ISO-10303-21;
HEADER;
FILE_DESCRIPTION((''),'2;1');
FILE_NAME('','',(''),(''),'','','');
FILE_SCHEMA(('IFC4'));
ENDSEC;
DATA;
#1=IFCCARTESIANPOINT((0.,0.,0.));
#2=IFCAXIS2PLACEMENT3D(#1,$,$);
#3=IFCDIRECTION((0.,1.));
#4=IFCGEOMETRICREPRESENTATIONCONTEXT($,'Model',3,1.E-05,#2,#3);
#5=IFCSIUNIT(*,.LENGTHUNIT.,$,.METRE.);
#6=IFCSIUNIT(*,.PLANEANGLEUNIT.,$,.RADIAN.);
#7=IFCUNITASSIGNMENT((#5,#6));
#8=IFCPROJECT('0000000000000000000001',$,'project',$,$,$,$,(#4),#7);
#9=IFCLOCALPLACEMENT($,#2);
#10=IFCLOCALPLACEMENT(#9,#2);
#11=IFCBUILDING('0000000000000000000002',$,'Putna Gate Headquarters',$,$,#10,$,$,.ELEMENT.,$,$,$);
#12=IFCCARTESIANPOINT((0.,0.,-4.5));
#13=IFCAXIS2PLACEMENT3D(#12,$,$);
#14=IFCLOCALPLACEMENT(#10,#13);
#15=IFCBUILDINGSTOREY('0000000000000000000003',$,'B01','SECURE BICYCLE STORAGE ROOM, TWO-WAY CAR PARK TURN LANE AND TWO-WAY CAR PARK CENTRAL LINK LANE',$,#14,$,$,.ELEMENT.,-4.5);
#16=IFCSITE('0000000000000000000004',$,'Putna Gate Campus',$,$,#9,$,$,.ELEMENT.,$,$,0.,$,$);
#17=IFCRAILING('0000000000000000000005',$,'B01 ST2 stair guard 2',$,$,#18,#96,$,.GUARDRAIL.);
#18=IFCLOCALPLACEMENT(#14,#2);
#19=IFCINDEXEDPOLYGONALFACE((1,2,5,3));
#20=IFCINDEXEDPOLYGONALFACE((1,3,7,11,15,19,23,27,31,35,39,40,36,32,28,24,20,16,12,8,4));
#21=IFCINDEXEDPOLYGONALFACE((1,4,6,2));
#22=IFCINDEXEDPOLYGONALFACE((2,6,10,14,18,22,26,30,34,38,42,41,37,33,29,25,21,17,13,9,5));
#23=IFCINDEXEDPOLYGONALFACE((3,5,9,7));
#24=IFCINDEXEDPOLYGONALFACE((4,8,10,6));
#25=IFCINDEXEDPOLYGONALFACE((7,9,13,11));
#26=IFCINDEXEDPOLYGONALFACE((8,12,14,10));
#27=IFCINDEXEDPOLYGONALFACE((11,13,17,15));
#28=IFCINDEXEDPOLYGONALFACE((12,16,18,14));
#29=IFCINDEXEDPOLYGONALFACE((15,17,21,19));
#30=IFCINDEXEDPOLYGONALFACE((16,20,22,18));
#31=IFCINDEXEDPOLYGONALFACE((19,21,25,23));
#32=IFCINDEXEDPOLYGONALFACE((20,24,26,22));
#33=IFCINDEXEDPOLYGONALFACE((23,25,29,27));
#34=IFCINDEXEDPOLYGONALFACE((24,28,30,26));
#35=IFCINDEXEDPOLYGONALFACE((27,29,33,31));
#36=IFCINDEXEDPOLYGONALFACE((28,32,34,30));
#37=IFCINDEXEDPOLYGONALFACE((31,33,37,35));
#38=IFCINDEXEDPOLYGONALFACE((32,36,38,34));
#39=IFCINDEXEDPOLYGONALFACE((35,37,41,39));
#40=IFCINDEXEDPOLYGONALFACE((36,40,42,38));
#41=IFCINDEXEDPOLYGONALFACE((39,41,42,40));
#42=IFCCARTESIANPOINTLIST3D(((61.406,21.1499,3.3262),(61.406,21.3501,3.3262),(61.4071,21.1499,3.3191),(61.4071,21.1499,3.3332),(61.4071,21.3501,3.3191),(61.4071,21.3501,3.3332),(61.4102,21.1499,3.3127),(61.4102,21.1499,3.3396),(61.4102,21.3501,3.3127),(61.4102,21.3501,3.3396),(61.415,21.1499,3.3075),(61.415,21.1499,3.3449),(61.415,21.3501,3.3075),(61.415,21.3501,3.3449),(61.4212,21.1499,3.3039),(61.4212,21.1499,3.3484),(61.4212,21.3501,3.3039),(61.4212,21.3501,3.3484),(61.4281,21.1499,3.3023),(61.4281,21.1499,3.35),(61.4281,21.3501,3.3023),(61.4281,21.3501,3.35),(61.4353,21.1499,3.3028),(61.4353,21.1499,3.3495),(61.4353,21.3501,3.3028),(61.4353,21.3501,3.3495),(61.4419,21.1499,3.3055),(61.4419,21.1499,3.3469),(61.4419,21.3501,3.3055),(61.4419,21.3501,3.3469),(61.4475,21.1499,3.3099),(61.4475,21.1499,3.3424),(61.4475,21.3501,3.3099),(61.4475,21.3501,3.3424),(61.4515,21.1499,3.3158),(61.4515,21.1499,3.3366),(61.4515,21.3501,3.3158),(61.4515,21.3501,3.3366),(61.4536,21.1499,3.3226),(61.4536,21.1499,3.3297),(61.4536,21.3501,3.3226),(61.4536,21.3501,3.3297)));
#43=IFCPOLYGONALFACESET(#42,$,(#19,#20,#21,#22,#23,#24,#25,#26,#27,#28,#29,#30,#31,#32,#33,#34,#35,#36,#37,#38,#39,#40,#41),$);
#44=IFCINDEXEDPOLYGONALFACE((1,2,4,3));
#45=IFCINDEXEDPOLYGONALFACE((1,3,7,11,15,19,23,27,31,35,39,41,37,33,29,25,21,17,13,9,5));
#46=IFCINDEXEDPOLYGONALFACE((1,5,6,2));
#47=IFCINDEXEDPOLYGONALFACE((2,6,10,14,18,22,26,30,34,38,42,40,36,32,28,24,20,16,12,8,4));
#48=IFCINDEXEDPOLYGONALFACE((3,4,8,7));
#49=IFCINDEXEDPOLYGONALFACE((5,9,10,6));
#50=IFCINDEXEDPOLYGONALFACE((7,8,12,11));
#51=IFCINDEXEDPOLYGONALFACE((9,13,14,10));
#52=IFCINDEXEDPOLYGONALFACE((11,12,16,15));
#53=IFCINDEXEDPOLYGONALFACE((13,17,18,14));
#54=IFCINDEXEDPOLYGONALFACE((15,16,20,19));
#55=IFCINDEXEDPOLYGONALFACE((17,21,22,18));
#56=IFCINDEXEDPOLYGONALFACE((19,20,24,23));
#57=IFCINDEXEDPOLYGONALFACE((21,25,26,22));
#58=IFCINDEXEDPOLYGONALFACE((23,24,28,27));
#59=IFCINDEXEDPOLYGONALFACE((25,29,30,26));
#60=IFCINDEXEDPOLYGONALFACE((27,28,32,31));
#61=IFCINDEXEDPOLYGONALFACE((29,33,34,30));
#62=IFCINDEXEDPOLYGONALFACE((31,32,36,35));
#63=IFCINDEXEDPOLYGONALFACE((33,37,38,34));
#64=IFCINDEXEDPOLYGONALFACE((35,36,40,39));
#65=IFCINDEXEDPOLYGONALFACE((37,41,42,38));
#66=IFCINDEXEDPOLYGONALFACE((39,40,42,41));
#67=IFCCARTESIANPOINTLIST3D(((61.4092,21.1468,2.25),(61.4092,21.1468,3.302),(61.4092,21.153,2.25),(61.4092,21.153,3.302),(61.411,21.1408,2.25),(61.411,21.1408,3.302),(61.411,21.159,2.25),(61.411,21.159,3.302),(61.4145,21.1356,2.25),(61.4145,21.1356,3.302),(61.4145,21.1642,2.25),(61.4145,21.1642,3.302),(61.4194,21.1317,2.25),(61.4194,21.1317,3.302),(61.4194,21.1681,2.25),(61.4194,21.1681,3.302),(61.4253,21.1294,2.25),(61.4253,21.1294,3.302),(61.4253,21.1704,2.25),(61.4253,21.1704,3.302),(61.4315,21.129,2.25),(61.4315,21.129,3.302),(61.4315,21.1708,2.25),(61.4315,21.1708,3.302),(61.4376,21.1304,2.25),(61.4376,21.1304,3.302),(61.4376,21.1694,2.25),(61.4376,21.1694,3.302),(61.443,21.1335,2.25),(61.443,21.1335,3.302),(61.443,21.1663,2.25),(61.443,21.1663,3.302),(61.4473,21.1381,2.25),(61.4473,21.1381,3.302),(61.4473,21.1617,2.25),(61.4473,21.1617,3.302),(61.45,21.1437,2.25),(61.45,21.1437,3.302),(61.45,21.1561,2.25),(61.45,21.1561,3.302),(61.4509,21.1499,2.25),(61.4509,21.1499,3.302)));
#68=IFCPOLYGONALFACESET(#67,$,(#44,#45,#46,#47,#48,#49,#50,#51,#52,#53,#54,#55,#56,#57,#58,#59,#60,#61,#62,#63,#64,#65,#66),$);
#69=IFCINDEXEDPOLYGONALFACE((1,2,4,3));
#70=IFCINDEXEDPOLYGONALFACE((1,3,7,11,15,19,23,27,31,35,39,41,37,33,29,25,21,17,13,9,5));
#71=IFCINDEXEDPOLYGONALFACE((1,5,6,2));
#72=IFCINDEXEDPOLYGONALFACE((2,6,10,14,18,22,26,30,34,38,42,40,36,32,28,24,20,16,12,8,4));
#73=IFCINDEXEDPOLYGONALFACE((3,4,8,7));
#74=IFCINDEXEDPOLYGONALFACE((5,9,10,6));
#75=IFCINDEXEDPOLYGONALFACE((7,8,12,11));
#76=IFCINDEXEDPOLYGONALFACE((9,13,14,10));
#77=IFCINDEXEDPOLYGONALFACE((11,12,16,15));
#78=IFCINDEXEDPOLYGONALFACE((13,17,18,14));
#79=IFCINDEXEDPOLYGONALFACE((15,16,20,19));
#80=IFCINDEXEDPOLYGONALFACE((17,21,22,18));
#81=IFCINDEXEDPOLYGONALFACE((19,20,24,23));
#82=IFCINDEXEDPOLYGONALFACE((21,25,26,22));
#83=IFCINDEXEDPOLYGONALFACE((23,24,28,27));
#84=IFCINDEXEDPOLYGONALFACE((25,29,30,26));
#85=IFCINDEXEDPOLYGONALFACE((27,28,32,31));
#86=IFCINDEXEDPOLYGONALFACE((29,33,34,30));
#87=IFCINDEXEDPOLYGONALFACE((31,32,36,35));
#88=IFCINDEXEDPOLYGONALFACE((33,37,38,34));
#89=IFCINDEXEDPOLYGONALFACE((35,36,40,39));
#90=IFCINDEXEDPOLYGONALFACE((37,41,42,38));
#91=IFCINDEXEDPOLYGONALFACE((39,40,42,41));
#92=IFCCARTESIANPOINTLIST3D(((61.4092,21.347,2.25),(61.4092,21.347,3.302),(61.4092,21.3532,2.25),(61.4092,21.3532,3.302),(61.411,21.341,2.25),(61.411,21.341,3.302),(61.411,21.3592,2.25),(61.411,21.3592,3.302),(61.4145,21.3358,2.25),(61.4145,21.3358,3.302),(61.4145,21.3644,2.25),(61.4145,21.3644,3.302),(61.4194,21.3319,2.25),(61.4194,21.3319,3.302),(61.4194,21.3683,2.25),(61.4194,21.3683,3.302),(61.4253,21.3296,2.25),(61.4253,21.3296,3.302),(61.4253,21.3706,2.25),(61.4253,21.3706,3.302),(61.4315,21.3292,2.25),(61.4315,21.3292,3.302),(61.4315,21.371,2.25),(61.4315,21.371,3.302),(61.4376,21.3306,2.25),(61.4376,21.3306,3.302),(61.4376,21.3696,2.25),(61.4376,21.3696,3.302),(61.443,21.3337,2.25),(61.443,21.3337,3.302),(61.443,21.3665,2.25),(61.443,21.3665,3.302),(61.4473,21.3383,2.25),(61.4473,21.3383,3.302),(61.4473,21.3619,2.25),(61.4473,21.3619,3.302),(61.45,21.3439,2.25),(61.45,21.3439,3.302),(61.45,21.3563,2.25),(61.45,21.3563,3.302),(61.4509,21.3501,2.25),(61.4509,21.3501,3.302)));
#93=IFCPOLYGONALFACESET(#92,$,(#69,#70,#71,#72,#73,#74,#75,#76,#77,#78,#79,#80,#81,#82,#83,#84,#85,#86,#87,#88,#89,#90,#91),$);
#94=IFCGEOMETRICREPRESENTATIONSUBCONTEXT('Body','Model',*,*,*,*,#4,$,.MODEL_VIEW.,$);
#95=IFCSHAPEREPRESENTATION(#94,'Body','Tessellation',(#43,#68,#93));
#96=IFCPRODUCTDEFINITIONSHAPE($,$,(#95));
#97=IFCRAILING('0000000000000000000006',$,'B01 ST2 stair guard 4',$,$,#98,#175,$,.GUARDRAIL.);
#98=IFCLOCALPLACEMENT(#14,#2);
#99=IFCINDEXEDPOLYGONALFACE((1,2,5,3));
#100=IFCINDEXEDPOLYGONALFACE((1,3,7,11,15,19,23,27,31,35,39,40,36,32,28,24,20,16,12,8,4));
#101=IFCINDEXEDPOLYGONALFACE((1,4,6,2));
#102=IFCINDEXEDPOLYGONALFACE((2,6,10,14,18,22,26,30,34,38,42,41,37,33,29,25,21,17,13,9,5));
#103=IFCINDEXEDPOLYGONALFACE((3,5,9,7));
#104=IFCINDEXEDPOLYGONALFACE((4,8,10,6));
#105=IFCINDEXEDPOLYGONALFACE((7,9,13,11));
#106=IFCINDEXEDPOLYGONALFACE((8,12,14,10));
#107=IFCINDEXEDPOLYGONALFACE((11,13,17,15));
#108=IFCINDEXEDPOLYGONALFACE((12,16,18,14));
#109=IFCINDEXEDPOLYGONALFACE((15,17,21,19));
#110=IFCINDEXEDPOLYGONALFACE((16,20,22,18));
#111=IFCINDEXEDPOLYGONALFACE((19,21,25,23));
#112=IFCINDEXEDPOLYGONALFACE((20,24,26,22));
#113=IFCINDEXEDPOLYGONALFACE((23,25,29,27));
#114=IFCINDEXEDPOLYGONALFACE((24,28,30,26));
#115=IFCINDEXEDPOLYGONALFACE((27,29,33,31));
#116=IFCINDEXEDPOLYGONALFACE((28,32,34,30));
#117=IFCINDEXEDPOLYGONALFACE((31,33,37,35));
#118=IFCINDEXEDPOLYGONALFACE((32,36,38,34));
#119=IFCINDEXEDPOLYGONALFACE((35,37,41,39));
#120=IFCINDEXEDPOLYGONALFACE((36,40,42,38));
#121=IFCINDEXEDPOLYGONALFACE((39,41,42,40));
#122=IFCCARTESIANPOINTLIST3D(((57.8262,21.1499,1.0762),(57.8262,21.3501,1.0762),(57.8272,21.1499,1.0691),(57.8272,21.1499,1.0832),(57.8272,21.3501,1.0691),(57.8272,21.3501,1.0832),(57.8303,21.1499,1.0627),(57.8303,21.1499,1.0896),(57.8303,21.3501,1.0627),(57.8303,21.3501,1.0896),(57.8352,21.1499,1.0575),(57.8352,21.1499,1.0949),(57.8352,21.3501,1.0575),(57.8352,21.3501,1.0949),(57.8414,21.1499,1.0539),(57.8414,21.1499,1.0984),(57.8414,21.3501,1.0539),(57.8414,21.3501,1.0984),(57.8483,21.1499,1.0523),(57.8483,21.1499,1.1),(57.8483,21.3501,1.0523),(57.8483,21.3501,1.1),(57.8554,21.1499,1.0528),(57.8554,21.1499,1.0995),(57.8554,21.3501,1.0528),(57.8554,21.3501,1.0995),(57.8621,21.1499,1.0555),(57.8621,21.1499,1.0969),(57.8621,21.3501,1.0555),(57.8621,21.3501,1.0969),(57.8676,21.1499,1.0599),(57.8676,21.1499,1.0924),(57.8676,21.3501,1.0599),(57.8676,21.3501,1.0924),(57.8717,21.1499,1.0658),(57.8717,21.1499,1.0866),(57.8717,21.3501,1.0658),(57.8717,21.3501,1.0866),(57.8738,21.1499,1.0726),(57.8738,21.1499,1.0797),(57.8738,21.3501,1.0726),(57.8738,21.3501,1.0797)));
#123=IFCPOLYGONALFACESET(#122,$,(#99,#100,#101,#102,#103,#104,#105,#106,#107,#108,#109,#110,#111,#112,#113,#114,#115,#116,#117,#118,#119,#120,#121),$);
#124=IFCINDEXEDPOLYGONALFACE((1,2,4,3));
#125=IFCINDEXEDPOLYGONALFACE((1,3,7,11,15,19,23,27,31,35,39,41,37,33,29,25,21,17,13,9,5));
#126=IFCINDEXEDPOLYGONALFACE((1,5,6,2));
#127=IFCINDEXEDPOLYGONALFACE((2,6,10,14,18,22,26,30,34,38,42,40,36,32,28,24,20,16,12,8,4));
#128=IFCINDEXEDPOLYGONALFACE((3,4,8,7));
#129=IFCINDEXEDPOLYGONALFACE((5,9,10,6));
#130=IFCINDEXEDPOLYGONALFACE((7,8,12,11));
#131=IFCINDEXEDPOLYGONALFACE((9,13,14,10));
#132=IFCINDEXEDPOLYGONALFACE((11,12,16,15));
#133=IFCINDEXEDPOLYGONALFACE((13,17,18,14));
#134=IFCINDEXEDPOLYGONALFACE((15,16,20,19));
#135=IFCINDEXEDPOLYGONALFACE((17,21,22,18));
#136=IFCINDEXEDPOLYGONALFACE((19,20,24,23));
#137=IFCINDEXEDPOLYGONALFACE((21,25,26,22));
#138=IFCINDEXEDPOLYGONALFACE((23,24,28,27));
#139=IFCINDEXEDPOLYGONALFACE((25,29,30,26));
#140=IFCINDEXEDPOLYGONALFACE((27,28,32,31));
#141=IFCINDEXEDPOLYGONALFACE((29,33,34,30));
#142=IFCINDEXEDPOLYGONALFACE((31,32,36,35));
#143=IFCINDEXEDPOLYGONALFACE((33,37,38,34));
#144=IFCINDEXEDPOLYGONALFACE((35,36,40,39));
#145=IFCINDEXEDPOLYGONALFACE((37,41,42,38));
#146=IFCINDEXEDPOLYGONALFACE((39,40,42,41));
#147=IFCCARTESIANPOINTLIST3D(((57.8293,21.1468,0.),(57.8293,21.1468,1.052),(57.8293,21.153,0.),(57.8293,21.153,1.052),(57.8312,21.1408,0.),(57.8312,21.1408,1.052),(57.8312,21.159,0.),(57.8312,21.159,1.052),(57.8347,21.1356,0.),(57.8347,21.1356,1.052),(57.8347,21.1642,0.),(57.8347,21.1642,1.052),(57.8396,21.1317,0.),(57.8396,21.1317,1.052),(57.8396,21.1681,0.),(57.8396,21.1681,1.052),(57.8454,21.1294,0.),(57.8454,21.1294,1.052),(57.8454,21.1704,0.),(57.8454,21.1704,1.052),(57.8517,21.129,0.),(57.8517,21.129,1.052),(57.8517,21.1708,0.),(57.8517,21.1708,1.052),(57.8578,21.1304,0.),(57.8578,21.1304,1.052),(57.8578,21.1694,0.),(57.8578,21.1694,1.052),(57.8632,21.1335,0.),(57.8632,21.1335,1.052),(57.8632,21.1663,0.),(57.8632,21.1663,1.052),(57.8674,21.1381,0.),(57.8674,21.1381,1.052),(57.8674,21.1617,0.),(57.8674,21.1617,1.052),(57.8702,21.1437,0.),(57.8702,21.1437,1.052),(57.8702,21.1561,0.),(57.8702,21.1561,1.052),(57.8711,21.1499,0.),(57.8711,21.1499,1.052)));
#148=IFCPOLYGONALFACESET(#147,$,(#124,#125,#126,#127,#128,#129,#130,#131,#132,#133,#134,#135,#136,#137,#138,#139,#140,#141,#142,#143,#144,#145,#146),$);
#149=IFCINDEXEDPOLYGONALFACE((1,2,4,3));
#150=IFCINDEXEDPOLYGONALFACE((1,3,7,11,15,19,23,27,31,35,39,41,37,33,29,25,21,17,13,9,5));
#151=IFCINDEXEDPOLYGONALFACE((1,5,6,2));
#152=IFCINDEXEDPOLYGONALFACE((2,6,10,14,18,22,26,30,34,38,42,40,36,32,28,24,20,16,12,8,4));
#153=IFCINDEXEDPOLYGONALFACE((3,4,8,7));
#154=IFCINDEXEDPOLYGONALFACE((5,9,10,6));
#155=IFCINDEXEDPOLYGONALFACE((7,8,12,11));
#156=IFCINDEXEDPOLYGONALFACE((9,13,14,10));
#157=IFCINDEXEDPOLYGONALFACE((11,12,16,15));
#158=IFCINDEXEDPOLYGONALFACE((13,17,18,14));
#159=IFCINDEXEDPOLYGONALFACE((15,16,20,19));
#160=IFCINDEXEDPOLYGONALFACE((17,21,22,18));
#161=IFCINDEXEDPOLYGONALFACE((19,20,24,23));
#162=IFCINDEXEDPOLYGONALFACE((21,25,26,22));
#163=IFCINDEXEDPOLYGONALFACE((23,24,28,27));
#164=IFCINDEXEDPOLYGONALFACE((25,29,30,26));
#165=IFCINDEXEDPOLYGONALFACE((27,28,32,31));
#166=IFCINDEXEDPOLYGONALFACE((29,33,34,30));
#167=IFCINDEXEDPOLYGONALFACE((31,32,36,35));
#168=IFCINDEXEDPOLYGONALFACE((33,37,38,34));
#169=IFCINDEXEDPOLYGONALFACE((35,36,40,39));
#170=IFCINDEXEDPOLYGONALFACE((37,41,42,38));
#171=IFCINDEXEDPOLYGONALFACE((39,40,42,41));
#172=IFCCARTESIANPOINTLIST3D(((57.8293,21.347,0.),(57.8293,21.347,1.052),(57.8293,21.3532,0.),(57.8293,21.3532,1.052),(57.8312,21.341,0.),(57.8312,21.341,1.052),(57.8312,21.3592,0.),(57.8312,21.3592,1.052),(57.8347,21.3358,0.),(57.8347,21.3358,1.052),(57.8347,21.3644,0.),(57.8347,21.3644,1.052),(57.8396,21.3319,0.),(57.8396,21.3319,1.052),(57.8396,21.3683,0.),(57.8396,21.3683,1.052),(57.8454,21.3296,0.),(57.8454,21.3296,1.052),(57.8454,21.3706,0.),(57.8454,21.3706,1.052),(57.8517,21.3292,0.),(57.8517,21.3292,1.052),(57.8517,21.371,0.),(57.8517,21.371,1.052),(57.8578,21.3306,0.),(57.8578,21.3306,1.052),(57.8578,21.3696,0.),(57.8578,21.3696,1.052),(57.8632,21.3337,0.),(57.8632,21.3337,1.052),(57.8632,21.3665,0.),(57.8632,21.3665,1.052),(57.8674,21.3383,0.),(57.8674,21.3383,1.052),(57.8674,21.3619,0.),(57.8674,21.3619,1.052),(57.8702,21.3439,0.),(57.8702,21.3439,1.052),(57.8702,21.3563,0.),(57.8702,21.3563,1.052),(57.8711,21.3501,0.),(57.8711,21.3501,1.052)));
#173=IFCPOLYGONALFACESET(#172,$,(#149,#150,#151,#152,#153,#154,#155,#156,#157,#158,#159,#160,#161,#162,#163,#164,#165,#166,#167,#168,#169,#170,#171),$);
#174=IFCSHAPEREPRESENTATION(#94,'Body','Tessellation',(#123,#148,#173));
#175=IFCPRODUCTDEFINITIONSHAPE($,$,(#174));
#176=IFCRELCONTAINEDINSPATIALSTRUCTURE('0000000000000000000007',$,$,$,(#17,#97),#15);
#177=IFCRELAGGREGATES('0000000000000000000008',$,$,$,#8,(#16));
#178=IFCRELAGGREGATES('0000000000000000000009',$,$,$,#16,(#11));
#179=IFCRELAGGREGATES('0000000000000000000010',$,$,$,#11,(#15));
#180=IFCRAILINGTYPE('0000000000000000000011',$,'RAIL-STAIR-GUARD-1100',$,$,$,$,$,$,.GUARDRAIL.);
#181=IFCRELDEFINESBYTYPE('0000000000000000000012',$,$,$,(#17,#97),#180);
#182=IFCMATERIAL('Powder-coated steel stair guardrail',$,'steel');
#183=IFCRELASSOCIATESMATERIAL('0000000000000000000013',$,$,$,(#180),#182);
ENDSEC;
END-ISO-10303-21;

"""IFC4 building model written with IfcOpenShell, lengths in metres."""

from ifc_helpers import new_model, si_unit, direction, frame, origin, origin_2d, place, context, subcontext, project, spatial, circle, extrude, material, type_object, element, save


model = new_model("IFC4")

# Units and contexts
model_context = context("Model", 3, precision=1e-05, world=origin(), true_north=direction((0.0, 1.0)))
body_context = subcontext(model_context, "Body", "Model", "MODEL_VIEW")
ifc_project = project(units=[si_unit("LENGTHUNIT", "METRE"), si_unit("PLANEANGLEUNIT", "RADIAN")], contexts=[model_context])

# Site, building, storey
site_placement = place(None, origin())
site = spatial("IfcSite", under=ifc_project, at=site_placement, Name="Putna Gate Campus", CompositionType="ELEMENT", RefElevation=0.0)
building_placement = place(site_placement, origin())
building = spatial("IfcBuilding", under=site, at=building_placement, Name="Putna Gate Headquarters", CompositionType="ELEMENT")
storey_placement = place(building_placement, frame((0.0, 0.0, -4.5)))
storey = spatial("IfcBuildingStorey", under=building, at=storey_placement, Name="B01", Description="SECURE BICYCLE STORAGE ROOM, TWO-WAY CAR PARK TURN LANE AND TWO-WAY CAR PARK CENTRAL LINK LANE", CompositionType="ELEMENT", Elevation=-4.5)

# Railings
ifc_material_1 = material(Name="Powder-coated steel stair guardrail", Category="steel")
railing_type_1 = type_object("IfcRailingType", Name="RAIL-STAIR-GUARD-1100", PredefinedType="GUARDRAIL", material=ifc_material_1)
for number, where, name in (
    (1, (61.4299, 21.1499, 2.25), "B01 ST2 stair guard 2"),
    (2, (57.8501, 21.1499, 0.0), "B01 ST2 stair guard 4"),
):
    element("IfcRailing", number, at=place(storey_placement, frame(where)), inside=storey, type_object=railing_type_1, Name=name, PredefinedType="GUARDRAIL", context=body_context, shape_type="SweptSolid", body=[
        extrude(circle(Radius=0.0239, at=origin_2d()), frame((0.0, 0.0, 1.0762), z_axis=(0.0, 1.0, 0.0), x_axis=(-1.0, 0.0, 0.0)), (0.0, 0.0, 1.0), 0.2002),
        extrude(circle(Radius=0.021, at=origin_2d()), origin(), (0.0, 0.0, 1.0), 1.052),
        extrude(circle(Radius=0.021, at=origin_2d()), frame((0.0, 0.2002, 0.0)), (0.0, 0.0, 1.0), 1.052),
    ])

save(model, "model.ifc")
